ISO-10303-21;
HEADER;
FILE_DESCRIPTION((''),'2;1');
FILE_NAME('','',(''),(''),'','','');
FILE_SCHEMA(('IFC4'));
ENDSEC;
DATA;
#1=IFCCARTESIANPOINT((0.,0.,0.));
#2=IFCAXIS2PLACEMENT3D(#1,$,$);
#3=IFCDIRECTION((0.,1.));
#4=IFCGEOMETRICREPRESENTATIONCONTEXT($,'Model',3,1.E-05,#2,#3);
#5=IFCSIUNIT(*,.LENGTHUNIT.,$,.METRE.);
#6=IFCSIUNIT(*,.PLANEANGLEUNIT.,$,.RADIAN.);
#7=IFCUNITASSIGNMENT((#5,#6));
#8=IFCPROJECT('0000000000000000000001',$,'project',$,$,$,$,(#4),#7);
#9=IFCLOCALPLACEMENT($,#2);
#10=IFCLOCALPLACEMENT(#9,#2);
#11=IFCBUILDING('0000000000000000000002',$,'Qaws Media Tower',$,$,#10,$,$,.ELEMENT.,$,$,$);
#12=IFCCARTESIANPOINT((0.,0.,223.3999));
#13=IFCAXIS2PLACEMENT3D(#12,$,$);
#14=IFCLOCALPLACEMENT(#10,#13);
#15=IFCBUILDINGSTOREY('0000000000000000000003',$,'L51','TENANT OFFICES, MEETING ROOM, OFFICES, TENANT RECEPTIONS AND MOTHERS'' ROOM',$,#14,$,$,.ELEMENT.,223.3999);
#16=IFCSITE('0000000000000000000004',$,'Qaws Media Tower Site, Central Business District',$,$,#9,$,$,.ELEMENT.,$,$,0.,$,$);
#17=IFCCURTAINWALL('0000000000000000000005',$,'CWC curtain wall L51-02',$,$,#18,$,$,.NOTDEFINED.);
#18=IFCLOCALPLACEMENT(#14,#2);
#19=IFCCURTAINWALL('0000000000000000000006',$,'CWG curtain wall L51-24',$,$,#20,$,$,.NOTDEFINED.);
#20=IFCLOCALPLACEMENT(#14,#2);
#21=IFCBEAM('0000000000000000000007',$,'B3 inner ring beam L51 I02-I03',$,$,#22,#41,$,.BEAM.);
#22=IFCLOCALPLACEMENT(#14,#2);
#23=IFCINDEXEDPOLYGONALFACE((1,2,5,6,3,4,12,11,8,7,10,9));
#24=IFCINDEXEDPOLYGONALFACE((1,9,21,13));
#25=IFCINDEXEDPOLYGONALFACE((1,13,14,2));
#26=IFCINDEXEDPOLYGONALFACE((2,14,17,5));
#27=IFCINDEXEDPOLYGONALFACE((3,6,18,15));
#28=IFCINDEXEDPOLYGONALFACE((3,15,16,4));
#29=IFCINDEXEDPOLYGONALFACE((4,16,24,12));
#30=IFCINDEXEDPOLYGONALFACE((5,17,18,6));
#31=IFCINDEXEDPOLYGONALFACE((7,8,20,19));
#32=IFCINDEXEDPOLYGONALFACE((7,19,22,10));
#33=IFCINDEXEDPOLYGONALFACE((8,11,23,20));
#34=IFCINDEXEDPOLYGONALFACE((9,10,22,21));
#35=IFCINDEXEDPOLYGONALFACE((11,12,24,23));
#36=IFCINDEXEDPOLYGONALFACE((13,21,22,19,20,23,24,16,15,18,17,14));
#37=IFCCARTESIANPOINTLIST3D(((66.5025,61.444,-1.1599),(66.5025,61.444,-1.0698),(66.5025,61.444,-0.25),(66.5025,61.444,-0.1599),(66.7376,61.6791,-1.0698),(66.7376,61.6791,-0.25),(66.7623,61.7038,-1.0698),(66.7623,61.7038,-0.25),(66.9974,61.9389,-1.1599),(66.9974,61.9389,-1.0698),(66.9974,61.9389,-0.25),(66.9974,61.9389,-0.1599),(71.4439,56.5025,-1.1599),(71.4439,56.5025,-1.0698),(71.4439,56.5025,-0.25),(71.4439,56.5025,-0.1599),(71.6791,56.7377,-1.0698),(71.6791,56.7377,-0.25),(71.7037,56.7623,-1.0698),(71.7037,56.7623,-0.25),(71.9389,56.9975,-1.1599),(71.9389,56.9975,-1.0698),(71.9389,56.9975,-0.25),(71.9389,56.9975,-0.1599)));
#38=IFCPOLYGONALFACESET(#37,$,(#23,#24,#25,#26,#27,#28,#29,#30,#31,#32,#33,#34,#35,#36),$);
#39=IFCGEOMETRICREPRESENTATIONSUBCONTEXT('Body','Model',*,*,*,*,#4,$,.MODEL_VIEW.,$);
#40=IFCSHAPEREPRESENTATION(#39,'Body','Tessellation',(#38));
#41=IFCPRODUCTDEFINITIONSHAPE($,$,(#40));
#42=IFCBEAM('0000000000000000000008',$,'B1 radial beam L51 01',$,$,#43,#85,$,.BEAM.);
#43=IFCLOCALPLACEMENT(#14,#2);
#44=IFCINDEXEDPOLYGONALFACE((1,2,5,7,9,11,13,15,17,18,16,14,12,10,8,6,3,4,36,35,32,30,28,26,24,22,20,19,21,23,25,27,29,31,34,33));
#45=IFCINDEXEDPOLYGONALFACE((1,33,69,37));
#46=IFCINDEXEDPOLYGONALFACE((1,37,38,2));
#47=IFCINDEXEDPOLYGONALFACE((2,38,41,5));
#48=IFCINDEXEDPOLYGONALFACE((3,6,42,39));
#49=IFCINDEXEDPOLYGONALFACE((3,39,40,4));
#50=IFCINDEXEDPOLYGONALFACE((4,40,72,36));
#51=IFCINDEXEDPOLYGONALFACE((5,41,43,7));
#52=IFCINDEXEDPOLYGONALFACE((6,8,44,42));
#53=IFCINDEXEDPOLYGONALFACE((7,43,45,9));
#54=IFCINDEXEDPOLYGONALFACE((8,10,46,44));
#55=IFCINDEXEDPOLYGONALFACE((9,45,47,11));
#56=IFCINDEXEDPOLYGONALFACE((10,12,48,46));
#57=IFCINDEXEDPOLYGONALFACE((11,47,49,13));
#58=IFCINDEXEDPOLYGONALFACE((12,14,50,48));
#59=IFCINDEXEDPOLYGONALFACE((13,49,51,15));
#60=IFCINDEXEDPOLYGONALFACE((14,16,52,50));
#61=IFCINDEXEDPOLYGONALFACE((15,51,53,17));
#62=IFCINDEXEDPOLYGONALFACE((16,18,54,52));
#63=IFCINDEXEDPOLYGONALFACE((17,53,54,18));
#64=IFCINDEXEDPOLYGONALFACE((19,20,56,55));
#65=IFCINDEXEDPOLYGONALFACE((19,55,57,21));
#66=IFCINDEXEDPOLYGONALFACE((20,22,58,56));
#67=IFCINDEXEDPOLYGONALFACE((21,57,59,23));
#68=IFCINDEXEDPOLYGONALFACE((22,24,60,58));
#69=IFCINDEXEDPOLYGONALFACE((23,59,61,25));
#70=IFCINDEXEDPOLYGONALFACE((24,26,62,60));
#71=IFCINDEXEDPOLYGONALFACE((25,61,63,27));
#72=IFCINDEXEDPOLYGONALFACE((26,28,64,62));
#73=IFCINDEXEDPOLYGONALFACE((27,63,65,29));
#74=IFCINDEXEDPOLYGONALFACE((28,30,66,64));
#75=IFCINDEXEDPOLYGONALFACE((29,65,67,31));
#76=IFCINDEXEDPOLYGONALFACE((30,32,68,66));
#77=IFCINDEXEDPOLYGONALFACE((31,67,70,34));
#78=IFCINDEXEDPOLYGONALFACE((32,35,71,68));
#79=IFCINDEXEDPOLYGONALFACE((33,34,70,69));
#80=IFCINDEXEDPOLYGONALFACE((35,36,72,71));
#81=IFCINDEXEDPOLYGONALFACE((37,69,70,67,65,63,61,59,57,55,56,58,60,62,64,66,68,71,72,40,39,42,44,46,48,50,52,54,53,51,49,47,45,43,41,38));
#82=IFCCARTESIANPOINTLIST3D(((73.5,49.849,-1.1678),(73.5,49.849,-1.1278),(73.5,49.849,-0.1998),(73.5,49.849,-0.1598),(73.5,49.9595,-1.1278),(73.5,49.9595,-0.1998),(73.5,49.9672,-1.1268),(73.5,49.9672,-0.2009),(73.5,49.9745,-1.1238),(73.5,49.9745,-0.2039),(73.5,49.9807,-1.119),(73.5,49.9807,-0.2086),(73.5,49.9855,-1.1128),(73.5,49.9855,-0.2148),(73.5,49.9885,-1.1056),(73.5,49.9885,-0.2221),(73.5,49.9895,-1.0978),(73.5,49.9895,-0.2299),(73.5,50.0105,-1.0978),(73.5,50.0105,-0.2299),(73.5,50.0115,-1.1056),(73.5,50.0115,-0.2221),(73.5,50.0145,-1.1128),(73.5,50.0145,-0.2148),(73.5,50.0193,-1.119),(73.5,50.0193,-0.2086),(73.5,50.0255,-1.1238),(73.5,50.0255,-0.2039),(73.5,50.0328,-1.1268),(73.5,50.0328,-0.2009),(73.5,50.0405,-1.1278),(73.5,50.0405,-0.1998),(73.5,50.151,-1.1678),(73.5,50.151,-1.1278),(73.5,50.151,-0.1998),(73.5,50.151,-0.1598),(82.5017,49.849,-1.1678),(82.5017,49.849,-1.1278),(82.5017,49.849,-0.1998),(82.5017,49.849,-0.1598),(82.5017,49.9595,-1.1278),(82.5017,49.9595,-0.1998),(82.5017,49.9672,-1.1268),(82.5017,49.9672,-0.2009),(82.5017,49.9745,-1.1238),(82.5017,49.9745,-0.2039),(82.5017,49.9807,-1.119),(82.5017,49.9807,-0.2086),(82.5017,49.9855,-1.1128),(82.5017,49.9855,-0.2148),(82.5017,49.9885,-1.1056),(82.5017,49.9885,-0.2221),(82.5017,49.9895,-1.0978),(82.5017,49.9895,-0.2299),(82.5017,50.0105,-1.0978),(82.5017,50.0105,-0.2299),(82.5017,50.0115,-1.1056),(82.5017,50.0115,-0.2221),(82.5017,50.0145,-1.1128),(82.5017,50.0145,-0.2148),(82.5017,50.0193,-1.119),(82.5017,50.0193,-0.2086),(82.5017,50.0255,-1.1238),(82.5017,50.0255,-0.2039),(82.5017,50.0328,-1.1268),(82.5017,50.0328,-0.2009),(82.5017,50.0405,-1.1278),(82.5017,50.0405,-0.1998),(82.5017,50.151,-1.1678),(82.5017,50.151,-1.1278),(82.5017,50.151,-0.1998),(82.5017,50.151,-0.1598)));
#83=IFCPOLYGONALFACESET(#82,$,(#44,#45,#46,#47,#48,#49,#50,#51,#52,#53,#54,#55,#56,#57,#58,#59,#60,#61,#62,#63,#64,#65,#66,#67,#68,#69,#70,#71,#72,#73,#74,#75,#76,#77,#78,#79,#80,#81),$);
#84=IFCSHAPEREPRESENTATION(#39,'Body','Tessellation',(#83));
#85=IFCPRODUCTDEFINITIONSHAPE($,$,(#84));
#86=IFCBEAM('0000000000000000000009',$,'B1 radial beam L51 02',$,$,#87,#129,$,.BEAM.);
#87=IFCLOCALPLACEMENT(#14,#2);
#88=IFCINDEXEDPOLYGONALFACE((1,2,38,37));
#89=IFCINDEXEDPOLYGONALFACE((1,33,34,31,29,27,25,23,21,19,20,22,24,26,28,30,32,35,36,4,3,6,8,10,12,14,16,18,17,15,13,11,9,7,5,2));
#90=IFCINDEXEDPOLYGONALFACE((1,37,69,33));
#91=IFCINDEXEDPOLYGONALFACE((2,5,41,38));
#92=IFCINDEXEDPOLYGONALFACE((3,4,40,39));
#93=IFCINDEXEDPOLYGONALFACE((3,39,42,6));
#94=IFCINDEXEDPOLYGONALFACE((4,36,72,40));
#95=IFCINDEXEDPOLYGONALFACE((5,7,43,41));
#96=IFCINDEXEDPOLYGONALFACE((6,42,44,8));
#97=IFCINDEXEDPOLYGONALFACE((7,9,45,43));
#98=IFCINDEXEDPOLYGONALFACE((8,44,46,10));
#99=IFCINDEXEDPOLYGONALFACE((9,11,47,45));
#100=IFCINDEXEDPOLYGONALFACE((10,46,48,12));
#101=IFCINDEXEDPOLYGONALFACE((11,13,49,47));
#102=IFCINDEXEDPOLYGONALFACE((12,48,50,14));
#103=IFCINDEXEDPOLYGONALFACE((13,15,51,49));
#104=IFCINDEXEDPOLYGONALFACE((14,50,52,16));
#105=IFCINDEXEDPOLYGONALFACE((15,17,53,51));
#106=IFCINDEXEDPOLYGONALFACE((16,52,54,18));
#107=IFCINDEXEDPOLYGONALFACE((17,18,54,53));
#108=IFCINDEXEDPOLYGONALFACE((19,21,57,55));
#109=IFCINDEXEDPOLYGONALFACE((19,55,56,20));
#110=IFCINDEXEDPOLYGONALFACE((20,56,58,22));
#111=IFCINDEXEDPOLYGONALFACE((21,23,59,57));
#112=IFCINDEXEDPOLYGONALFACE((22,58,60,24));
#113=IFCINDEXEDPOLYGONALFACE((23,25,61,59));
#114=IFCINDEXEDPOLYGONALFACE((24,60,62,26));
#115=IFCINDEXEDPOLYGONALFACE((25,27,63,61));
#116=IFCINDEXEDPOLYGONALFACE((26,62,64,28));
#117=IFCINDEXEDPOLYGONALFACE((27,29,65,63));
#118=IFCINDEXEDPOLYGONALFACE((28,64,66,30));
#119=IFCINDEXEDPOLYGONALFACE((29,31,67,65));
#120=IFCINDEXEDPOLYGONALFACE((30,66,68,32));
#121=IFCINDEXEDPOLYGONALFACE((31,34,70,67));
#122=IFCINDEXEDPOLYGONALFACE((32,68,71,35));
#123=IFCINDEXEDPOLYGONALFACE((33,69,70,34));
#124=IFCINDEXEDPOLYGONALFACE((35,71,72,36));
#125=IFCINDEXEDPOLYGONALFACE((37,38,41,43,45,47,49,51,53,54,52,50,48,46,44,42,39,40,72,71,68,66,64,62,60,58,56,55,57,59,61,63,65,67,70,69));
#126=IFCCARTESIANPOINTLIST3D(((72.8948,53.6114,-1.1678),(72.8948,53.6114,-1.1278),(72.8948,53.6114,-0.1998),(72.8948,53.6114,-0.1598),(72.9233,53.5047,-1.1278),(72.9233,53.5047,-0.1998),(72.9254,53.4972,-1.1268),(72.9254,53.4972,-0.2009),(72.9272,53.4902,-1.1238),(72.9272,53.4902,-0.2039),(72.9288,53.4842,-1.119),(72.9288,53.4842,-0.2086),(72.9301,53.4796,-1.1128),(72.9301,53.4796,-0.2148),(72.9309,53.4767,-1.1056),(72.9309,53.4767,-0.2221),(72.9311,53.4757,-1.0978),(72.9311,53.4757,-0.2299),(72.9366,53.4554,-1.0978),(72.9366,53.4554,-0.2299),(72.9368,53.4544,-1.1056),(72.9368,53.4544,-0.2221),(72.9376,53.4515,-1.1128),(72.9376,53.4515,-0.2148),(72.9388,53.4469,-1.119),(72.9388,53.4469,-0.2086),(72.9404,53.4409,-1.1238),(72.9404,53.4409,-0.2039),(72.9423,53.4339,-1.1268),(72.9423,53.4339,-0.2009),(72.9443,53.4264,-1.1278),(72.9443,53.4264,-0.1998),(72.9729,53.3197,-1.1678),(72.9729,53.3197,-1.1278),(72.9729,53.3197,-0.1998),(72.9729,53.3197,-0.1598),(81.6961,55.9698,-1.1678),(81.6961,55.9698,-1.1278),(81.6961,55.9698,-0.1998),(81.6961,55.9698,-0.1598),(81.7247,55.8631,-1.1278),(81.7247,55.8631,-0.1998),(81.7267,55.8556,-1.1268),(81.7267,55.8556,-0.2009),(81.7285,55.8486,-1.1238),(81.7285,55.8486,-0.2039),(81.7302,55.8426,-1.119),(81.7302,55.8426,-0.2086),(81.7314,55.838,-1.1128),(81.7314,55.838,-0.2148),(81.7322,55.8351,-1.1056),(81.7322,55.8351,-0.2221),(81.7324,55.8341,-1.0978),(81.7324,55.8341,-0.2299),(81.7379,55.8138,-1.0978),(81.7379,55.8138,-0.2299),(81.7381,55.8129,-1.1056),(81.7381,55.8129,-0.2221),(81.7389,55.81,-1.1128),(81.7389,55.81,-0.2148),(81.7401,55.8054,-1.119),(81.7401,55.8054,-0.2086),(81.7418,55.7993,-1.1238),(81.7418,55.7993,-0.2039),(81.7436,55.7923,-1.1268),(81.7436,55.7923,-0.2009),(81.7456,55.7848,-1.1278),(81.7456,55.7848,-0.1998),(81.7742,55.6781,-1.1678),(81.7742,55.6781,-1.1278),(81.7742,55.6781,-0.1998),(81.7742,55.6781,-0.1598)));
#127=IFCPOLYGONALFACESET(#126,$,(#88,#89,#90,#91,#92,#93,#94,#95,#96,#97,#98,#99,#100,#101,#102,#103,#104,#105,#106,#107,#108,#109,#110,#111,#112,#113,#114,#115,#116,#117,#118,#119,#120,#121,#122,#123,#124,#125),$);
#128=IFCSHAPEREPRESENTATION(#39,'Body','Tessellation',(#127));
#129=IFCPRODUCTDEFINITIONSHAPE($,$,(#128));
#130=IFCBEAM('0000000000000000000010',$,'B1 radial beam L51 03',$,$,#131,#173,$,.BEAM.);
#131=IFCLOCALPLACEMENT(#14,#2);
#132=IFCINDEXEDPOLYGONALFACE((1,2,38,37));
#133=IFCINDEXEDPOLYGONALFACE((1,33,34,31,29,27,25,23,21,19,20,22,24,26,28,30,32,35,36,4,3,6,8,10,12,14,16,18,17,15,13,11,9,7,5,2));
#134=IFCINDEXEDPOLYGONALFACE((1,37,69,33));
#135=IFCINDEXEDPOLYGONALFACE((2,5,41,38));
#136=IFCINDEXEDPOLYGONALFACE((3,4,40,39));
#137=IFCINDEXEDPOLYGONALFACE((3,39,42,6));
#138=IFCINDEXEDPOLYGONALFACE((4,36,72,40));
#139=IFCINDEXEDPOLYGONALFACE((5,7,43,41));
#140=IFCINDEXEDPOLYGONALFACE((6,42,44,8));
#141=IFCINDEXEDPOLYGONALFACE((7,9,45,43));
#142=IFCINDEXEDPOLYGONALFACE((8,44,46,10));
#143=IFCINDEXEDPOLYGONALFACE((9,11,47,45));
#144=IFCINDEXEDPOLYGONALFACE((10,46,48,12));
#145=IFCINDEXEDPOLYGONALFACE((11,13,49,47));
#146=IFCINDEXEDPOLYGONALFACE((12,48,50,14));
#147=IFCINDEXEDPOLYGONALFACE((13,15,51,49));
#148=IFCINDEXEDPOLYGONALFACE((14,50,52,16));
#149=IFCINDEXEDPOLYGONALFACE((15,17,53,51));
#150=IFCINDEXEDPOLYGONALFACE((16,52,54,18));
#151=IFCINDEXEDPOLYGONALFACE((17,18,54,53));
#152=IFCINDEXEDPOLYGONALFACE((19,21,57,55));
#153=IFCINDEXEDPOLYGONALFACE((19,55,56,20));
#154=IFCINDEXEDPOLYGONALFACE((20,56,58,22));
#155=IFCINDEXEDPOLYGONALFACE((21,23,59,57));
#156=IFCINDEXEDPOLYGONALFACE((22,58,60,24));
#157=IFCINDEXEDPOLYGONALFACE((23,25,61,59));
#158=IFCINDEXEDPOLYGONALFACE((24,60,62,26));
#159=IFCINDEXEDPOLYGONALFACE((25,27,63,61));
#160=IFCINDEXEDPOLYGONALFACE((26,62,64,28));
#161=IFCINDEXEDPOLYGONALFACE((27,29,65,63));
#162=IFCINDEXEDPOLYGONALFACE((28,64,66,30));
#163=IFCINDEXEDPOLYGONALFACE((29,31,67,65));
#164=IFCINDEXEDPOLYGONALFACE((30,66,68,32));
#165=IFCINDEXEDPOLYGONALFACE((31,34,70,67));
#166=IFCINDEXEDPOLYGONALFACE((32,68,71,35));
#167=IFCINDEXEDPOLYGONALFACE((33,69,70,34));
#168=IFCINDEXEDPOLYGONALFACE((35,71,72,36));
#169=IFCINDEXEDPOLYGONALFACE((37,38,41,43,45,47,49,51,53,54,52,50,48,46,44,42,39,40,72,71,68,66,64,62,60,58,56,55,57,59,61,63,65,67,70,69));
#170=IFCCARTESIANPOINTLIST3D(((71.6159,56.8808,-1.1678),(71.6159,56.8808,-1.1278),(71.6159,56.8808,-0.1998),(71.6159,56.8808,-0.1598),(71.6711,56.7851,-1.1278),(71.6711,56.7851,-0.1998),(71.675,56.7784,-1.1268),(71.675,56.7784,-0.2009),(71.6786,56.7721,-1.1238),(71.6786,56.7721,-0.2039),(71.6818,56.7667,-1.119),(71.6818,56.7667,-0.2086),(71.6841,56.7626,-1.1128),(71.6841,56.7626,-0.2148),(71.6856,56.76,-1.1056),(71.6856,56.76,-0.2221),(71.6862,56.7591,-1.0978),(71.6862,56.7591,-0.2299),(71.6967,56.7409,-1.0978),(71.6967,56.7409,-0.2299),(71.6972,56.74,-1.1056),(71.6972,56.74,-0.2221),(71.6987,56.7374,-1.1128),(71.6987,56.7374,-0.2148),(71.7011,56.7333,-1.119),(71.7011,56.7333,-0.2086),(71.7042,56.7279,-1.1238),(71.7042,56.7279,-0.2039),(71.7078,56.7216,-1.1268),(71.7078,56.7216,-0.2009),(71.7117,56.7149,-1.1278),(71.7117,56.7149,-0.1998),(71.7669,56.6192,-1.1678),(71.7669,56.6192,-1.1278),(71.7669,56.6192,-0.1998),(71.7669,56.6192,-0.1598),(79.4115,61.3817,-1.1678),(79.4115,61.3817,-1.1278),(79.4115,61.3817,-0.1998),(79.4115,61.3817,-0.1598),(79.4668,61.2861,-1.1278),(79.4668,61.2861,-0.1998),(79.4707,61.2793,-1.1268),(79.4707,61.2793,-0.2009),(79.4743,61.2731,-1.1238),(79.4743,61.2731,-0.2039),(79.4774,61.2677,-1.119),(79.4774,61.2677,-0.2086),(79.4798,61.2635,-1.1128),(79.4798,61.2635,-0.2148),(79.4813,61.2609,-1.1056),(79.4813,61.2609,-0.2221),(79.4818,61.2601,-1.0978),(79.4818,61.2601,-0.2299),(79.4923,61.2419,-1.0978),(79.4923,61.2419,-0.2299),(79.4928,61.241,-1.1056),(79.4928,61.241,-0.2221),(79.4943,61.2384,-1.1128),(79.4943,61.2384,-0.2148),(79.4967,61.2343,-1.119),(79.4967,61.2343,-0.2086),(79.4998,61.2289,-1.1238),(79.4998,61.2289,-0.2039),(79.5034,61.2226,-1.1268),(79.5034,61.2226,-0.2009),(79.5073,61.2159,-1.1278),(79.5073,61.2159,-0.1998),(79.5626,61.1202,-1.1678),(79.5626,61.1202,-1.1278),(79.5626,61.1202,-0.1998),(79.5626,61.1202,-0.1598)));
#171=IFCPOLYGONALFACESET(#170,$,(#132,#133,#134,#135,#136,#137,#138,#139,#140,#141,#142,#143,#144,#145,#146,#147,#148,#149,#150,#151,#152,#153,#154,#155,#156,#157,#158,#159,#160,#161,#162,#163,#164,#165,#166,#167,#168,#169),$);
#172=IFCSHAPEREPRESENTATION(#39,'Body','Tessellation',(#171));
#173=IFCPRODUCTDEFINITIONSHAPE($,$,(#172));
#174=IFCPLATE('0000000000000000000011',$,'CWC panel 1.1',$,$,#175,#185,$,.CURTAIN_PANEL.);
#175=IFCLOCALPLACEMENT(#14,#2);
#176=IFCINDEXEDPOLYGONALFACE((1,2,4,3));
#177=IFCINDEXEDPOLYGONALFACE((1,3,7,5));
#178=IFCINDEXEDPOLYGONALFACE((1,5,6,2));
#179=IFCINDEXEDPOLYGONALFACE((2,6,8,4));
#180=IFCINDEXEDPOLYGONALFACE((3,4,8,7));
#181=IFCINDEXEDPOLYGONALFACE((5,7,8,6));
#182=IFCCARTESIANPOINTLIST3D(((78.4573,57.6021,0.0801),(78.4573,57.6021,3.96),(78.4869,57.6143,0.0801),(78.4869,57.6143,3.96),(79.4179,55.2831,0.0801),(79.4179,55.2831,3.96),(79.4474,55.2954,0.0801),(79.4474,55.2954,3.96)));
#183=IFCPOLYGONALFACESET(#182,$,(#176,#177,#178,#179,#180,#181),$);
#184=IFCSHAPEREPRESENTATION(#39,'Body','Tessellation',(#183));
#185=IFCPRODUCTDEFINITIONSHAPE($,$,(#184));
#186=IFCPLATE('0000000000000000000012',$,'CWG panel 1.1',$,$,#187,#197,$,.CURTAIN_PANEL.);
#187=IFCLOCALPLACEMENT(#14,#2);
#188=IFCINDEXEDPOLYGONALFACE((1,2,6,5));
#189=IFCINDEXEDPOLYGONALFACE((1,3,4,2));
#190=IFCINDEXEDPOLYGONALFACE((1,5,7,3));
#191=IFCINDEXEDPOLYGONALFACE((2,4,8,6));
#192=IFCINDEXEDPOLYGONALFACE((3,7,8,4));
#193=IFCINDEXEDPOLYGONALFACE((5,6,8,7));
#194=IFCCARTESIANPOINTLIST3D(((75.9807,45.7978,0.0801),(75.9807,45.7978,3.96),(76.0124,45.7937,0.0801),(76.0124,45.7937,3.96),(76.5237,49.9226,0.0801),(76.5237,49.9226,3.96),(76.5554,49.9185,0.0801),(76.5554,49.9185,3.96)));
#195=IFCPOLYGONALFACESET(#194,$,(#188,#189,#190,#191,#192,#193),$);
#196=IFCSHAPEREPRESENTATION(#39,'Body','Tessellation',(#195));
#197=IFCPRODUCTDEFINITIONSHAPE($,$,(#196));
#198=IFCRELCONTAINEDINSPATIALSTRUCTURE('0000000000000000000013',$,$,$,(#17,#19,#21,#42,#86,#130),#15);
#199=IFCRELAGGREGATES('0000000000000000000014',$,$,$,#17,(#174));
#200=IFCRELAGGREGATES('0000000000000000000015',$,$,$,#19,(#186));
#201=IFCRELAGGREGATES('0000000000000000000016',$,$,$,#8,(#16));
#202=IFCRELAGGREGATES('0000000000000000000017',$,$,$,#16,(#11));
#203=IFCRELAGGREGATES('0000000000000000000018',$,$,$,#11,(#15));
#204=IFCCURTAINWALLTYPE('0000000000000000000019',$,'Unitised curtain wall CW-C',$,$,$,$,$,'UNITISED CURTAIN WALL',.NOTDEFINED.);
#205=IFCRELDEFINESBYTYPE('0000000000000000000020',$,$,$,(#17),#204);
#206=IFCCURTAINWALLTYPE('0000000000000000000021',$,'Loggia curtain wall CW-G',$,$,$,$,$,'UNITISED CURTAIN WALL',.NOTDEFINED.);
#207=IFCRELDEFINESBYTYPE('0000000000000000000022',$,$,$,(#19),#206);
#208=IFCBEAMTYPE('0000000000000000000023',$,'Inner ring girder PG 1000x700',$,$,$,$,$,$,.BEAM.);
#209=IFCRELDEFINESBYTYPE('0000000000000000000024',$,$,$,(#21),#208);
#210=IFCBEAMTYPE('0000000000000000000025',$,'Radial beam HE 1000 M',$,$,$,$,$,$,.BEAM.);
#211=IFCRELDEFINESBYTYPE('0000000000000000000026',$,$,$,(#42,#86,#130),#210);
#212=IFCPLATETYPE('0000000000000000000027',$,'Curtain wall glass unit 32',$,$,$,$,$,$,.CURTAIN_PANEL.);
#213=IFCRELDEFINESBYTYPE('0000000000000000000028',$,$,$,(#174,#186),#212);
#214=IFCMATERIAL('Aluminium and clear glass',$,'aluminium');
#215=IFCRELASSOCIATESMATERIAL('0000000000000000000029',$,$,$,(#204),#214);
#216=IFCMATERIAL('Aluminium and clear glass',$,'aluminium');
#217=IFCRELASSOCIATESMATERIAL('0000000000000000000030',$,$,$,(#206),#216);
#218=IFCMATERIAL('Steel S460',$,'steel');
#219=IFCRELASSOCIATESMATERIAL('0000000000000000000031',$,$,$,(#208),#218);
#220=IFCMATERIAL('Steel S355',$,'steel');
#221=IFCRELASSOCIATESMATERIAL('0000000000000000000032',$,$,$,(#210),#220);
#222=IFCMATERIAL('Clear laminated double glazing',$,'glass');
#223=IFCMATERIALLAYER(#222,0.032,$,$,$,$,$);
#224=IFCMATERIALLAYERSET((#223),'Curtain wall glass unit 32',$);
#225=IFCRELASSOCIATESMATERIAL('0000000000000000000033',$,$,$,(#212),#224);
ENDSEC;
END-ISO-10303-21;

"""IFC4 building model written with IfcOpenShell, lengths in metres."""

from ifc_helpers import new_model, si_unit, direction, frame, origin, origin_2d, place, context, subcontext, project, spatial, rectangle, i_section, extrude, material, layer, layer_set, material_profile, profile_set, type_object, element, aggregate, save


model = new_model("IFC4")

# Units and contexts
model_context = context("Model", 3, precision=1e-05, world=origin(), true_north=direction((0.0, 1.0)))
body_context = subcontext(model_context, "Body", "Model", "MODEL_VIEW")
ifc_project = project(units=[si_unit("LENGTHUNIT", "METRE"), si_unit("PLANEANGLEUNIT", "RADIAN")], contexts=[model_context])

# Site, building, storey
site_placement = place(None, origin())
site = spatial("IfcSite", under=ifc_project, at=site_placement, Name="Qaws Media Tower Site, Central Business District", CompositionType="ELEMENT", RefElevation=0.0)
building_placement = place(site_placement, origin())
building = spatial("IfcBuilding", under=site, at=building_placement, Name="Qaws Media Tower", CompositionType="ELEMENT")
storey_placement = place(building_placement, frame((0.0, 0.0, 223.3999)))
storey = spatial("IfcBuildingStorey", under=building, at=storey_placement, Name="L51", Description="TENANT OFFICES, MEETING ROOM, OFFICES, TENANT RECEPTIONS AND MOTHERS' ROOM", CompositionType="ELEMENT", Elevation=223.3999)

# Curtain wall
ifc_material_1 = material(Name="Aluminium and clear glass", Category="aluminium")
curtain_wall_type_1 = type_object("IfcCurtainWallType", Name="Unitised curtain wall CW-C", ElementType="UNITISED CURTAIN WALL", PredefinedType="NOTDEFINED", material=ifc_material_1)
curtain_wall_1_placement = place(storey_placement, origin())
curtain_wall_1 = element("IfcCurtainWall", 1, at=curtain_wall_1_placement, inside=storey, type_object=curtain_wall_type_1, Name="CWC curtain wall L51-02", PredefinedType="NOTDEFINED")

# Curtain wall
ifc_material_2 = material(Name="Aluminium and clear glass", Category="aluminium")
curtain_wall_type_2 = type_object("IfcCurtainWallType", Name="Loggia curtain wall CW-G", ElementType="UNITISED CURTAIN WALL", PredefinedType="NOTDEFINED", material=ifc_material_2)
curtain_wall_2_placement = place(storey_placement, origin())
curtain_wall_2 = element("IfcCurtainWall", 2, at=curtain_wall_2_placement, inside=storey, type_object=curtain_wall_type_2, Name="CWG curtain wall L51-24", PredefinedType="NOTDEFINED")

# Beams
ifc_material_3 = material(Name="Steel S460", Category="steel")
ifc_material_profile_1 = material_profile(ifc_material_3, i_section(OverallWidth=0.7, OverallDepth=1.0, WebThickness=0.0349, FlangeThickness=0.0901, at=origin_2d()), Name="PG 1000x700")
ifc_profile_set_1 = profile_set([ifc_material_profile_1], Name="Steel S460")
beam_type_1 = type_object("IfcBeamType", Name="Inner ring girder PG 1000x700", PredefinedType="BEAM", material=ifc_profile_set_1)
beam_1_placement = place(storey_placement, frame((71.6914, 56.75, -0.6599), z_axis=(-0.707107, 0.707107, 0.0), x_axis=(-0.707107, -0.707107, 0.0)))
element("IfcBeam", 3, at=beam_1_placement, inside=storey, type_object=beam_type_1, Name="B3 inner ring beam L51 I02-I03", PredefinedType="BEAM", context=body_context, shape_type="SweptSolid", body=[
    extrude(i_section(OverallWidth=0.7, OverallDepth=1.0, WebThickness=0.0349, FlangeThickness=0.0901, at=origin_2d()), origin(), (0.0, 0.0, 1.0), 6.9883),
])
ifc_material_4 = material(Name="Steel S355", Category="steel")
ifc_material_profile_2 = material_profile(ifc_material_4, i_section(OverallWidth=0.302, OverallDepth=1.0081, WebThickness=0.021, FlangeThickness=0.04, FilletRadius=0.03, at=origin_2d()), Name="HE 1000 M")
ifc_profile_set_2 = profile_set([ifc_material_profile_2], Name="Steel S355")
beam_type_2 = type_object("IfcBeamType", Name="Radial beam HE 1000 M", PredefinedType="BEAM", material=ifc_profile_set_2)
beam_2_placement = place(storey_placement, frame((73.5, 50.0, -0.6638), z_axis=(1.0, 0.0, 0.0), x_axis=(0.0, 1.0, 0.0)))
element("IfcBeam", 4, at=beam_2_placement, inside=storey, type_object=beam_type_2, Name="B1 radial beam L51 01", PredefinedType="BEAM", context=body_context, shape_type="SweptSolid", body=[
    extrude(i_section(OverallWidth=0.302, OverallDepth=1.0081, WebThickness=0.021, FlangeThickness=0.04, FilletRadius=0.03, at=origin_2d()), origin(), (0.0, 0.0, 1.0), 9.0017),
])
beam_3_placement = place(storey_placement, frame((72.9338, 53.4656, -0.6638), z_axis=(0.965923, 0.25883, 0.0), x_axis=(-0.25883, 0.965923, 0.0)))
element("IfcBeam", 5, at=beam_3_placement, inside=storey, type_object=beam_type_2, Name="B1 radial beam L51 02", PredefinedType="BEAM", context=body_context, shape_type="SweptSolid", body=[
    extrude(i_section(OverallWidth=0.302, OverallDepth=1.0081, WebThickness=0.021, FlangeThickness=0.04, FilletRadius=0.03, at=origin_2d()), origin(), (0.0, 0.0, 1.0), 9.1118),
])
beam_4_placement = place(storey_placement, frame((71.6914, 56.75, -0.6638), z_axis=(0.866018, 0.500013, 0.0), x_axis=(-0.500013, 0.866018, 0.0)))
element("IfcBeam", 6, at=beam_4_placement, inside=storey, type_object=beam_type_2, Name="B1 radial beam L51 03", PredefinedType="BEAM", context=body_context, shape_type="SweptSolid", body=[
    extrude(i_section(OverallWidth=0.302, OverallDepth=1.0081, WebThickness=0.021, FlangeThickness=0.04, FilletRadius=0.03, at=origin_2d()), origin(), (0.0, 0.0, 1.0), 9.0017),
])

# Plates
ifc_material_5 = material(Name="Clear laminated double glazing", Category="glass")
ifc_layer_1 = layer(ifc_material_5, 0.032)
ifc_layer_set_1 = layer_set([ifc_layer_1], Name="Curtain wall glass unit 32")
plate_type_1 = type_object("IfcPlateType", Name="Curtain wall glass unit 32", PredefinedType="CURTAIN_PANEL", material=ifc_layer_set_1)
plate_1_placement = place(storey_placement, frame((78.9524, 56.4487, 0.0801), z_axis=(0.0, 0.0, 1.0), x_axis=(-0.382683, 0.92388, 0.0)))
plate_1 = element("IfcPlate", 7, at=plate_1_placement, type_object=plate_type_1, Name="CWC panel 1.1", PredefinedType="CURTAIN_PANEL", context=body_context, shape_type="SweptSolid", body=[
    extrude(rectangle(XDim=2.51, YDim=0.032, at=origin_2d()), origin(), (0.0, 0.0, 1.0), 3.8799),
])
aggregate(curtain_wall_1, [plate_1])
plate_2_placement = place(storey_placement, frame((76.2681, 47.8582, 0.0801), z_axis=(0.0, 0.0, 1.0), x_axis=(0.130526, 0.991445, 0.0)))
plate_2 = element("IfcPlate", 8, at=plate_2_placement, type_object=plate_type_1, Name="CWG panel 1.1", PredefinedType="CURTAIN_PANEL", context=body_context, shape_type="SweptSolid", body=[
    extrude(rectangle(XDim=4.1604, YDim=0.032, at=origin_2d()), origin(), (0.0, 0.0, 1.0), 3.8799),
])
aggregate(curtain_wall_2, [plate_2])

save(model, "model.ifc")
